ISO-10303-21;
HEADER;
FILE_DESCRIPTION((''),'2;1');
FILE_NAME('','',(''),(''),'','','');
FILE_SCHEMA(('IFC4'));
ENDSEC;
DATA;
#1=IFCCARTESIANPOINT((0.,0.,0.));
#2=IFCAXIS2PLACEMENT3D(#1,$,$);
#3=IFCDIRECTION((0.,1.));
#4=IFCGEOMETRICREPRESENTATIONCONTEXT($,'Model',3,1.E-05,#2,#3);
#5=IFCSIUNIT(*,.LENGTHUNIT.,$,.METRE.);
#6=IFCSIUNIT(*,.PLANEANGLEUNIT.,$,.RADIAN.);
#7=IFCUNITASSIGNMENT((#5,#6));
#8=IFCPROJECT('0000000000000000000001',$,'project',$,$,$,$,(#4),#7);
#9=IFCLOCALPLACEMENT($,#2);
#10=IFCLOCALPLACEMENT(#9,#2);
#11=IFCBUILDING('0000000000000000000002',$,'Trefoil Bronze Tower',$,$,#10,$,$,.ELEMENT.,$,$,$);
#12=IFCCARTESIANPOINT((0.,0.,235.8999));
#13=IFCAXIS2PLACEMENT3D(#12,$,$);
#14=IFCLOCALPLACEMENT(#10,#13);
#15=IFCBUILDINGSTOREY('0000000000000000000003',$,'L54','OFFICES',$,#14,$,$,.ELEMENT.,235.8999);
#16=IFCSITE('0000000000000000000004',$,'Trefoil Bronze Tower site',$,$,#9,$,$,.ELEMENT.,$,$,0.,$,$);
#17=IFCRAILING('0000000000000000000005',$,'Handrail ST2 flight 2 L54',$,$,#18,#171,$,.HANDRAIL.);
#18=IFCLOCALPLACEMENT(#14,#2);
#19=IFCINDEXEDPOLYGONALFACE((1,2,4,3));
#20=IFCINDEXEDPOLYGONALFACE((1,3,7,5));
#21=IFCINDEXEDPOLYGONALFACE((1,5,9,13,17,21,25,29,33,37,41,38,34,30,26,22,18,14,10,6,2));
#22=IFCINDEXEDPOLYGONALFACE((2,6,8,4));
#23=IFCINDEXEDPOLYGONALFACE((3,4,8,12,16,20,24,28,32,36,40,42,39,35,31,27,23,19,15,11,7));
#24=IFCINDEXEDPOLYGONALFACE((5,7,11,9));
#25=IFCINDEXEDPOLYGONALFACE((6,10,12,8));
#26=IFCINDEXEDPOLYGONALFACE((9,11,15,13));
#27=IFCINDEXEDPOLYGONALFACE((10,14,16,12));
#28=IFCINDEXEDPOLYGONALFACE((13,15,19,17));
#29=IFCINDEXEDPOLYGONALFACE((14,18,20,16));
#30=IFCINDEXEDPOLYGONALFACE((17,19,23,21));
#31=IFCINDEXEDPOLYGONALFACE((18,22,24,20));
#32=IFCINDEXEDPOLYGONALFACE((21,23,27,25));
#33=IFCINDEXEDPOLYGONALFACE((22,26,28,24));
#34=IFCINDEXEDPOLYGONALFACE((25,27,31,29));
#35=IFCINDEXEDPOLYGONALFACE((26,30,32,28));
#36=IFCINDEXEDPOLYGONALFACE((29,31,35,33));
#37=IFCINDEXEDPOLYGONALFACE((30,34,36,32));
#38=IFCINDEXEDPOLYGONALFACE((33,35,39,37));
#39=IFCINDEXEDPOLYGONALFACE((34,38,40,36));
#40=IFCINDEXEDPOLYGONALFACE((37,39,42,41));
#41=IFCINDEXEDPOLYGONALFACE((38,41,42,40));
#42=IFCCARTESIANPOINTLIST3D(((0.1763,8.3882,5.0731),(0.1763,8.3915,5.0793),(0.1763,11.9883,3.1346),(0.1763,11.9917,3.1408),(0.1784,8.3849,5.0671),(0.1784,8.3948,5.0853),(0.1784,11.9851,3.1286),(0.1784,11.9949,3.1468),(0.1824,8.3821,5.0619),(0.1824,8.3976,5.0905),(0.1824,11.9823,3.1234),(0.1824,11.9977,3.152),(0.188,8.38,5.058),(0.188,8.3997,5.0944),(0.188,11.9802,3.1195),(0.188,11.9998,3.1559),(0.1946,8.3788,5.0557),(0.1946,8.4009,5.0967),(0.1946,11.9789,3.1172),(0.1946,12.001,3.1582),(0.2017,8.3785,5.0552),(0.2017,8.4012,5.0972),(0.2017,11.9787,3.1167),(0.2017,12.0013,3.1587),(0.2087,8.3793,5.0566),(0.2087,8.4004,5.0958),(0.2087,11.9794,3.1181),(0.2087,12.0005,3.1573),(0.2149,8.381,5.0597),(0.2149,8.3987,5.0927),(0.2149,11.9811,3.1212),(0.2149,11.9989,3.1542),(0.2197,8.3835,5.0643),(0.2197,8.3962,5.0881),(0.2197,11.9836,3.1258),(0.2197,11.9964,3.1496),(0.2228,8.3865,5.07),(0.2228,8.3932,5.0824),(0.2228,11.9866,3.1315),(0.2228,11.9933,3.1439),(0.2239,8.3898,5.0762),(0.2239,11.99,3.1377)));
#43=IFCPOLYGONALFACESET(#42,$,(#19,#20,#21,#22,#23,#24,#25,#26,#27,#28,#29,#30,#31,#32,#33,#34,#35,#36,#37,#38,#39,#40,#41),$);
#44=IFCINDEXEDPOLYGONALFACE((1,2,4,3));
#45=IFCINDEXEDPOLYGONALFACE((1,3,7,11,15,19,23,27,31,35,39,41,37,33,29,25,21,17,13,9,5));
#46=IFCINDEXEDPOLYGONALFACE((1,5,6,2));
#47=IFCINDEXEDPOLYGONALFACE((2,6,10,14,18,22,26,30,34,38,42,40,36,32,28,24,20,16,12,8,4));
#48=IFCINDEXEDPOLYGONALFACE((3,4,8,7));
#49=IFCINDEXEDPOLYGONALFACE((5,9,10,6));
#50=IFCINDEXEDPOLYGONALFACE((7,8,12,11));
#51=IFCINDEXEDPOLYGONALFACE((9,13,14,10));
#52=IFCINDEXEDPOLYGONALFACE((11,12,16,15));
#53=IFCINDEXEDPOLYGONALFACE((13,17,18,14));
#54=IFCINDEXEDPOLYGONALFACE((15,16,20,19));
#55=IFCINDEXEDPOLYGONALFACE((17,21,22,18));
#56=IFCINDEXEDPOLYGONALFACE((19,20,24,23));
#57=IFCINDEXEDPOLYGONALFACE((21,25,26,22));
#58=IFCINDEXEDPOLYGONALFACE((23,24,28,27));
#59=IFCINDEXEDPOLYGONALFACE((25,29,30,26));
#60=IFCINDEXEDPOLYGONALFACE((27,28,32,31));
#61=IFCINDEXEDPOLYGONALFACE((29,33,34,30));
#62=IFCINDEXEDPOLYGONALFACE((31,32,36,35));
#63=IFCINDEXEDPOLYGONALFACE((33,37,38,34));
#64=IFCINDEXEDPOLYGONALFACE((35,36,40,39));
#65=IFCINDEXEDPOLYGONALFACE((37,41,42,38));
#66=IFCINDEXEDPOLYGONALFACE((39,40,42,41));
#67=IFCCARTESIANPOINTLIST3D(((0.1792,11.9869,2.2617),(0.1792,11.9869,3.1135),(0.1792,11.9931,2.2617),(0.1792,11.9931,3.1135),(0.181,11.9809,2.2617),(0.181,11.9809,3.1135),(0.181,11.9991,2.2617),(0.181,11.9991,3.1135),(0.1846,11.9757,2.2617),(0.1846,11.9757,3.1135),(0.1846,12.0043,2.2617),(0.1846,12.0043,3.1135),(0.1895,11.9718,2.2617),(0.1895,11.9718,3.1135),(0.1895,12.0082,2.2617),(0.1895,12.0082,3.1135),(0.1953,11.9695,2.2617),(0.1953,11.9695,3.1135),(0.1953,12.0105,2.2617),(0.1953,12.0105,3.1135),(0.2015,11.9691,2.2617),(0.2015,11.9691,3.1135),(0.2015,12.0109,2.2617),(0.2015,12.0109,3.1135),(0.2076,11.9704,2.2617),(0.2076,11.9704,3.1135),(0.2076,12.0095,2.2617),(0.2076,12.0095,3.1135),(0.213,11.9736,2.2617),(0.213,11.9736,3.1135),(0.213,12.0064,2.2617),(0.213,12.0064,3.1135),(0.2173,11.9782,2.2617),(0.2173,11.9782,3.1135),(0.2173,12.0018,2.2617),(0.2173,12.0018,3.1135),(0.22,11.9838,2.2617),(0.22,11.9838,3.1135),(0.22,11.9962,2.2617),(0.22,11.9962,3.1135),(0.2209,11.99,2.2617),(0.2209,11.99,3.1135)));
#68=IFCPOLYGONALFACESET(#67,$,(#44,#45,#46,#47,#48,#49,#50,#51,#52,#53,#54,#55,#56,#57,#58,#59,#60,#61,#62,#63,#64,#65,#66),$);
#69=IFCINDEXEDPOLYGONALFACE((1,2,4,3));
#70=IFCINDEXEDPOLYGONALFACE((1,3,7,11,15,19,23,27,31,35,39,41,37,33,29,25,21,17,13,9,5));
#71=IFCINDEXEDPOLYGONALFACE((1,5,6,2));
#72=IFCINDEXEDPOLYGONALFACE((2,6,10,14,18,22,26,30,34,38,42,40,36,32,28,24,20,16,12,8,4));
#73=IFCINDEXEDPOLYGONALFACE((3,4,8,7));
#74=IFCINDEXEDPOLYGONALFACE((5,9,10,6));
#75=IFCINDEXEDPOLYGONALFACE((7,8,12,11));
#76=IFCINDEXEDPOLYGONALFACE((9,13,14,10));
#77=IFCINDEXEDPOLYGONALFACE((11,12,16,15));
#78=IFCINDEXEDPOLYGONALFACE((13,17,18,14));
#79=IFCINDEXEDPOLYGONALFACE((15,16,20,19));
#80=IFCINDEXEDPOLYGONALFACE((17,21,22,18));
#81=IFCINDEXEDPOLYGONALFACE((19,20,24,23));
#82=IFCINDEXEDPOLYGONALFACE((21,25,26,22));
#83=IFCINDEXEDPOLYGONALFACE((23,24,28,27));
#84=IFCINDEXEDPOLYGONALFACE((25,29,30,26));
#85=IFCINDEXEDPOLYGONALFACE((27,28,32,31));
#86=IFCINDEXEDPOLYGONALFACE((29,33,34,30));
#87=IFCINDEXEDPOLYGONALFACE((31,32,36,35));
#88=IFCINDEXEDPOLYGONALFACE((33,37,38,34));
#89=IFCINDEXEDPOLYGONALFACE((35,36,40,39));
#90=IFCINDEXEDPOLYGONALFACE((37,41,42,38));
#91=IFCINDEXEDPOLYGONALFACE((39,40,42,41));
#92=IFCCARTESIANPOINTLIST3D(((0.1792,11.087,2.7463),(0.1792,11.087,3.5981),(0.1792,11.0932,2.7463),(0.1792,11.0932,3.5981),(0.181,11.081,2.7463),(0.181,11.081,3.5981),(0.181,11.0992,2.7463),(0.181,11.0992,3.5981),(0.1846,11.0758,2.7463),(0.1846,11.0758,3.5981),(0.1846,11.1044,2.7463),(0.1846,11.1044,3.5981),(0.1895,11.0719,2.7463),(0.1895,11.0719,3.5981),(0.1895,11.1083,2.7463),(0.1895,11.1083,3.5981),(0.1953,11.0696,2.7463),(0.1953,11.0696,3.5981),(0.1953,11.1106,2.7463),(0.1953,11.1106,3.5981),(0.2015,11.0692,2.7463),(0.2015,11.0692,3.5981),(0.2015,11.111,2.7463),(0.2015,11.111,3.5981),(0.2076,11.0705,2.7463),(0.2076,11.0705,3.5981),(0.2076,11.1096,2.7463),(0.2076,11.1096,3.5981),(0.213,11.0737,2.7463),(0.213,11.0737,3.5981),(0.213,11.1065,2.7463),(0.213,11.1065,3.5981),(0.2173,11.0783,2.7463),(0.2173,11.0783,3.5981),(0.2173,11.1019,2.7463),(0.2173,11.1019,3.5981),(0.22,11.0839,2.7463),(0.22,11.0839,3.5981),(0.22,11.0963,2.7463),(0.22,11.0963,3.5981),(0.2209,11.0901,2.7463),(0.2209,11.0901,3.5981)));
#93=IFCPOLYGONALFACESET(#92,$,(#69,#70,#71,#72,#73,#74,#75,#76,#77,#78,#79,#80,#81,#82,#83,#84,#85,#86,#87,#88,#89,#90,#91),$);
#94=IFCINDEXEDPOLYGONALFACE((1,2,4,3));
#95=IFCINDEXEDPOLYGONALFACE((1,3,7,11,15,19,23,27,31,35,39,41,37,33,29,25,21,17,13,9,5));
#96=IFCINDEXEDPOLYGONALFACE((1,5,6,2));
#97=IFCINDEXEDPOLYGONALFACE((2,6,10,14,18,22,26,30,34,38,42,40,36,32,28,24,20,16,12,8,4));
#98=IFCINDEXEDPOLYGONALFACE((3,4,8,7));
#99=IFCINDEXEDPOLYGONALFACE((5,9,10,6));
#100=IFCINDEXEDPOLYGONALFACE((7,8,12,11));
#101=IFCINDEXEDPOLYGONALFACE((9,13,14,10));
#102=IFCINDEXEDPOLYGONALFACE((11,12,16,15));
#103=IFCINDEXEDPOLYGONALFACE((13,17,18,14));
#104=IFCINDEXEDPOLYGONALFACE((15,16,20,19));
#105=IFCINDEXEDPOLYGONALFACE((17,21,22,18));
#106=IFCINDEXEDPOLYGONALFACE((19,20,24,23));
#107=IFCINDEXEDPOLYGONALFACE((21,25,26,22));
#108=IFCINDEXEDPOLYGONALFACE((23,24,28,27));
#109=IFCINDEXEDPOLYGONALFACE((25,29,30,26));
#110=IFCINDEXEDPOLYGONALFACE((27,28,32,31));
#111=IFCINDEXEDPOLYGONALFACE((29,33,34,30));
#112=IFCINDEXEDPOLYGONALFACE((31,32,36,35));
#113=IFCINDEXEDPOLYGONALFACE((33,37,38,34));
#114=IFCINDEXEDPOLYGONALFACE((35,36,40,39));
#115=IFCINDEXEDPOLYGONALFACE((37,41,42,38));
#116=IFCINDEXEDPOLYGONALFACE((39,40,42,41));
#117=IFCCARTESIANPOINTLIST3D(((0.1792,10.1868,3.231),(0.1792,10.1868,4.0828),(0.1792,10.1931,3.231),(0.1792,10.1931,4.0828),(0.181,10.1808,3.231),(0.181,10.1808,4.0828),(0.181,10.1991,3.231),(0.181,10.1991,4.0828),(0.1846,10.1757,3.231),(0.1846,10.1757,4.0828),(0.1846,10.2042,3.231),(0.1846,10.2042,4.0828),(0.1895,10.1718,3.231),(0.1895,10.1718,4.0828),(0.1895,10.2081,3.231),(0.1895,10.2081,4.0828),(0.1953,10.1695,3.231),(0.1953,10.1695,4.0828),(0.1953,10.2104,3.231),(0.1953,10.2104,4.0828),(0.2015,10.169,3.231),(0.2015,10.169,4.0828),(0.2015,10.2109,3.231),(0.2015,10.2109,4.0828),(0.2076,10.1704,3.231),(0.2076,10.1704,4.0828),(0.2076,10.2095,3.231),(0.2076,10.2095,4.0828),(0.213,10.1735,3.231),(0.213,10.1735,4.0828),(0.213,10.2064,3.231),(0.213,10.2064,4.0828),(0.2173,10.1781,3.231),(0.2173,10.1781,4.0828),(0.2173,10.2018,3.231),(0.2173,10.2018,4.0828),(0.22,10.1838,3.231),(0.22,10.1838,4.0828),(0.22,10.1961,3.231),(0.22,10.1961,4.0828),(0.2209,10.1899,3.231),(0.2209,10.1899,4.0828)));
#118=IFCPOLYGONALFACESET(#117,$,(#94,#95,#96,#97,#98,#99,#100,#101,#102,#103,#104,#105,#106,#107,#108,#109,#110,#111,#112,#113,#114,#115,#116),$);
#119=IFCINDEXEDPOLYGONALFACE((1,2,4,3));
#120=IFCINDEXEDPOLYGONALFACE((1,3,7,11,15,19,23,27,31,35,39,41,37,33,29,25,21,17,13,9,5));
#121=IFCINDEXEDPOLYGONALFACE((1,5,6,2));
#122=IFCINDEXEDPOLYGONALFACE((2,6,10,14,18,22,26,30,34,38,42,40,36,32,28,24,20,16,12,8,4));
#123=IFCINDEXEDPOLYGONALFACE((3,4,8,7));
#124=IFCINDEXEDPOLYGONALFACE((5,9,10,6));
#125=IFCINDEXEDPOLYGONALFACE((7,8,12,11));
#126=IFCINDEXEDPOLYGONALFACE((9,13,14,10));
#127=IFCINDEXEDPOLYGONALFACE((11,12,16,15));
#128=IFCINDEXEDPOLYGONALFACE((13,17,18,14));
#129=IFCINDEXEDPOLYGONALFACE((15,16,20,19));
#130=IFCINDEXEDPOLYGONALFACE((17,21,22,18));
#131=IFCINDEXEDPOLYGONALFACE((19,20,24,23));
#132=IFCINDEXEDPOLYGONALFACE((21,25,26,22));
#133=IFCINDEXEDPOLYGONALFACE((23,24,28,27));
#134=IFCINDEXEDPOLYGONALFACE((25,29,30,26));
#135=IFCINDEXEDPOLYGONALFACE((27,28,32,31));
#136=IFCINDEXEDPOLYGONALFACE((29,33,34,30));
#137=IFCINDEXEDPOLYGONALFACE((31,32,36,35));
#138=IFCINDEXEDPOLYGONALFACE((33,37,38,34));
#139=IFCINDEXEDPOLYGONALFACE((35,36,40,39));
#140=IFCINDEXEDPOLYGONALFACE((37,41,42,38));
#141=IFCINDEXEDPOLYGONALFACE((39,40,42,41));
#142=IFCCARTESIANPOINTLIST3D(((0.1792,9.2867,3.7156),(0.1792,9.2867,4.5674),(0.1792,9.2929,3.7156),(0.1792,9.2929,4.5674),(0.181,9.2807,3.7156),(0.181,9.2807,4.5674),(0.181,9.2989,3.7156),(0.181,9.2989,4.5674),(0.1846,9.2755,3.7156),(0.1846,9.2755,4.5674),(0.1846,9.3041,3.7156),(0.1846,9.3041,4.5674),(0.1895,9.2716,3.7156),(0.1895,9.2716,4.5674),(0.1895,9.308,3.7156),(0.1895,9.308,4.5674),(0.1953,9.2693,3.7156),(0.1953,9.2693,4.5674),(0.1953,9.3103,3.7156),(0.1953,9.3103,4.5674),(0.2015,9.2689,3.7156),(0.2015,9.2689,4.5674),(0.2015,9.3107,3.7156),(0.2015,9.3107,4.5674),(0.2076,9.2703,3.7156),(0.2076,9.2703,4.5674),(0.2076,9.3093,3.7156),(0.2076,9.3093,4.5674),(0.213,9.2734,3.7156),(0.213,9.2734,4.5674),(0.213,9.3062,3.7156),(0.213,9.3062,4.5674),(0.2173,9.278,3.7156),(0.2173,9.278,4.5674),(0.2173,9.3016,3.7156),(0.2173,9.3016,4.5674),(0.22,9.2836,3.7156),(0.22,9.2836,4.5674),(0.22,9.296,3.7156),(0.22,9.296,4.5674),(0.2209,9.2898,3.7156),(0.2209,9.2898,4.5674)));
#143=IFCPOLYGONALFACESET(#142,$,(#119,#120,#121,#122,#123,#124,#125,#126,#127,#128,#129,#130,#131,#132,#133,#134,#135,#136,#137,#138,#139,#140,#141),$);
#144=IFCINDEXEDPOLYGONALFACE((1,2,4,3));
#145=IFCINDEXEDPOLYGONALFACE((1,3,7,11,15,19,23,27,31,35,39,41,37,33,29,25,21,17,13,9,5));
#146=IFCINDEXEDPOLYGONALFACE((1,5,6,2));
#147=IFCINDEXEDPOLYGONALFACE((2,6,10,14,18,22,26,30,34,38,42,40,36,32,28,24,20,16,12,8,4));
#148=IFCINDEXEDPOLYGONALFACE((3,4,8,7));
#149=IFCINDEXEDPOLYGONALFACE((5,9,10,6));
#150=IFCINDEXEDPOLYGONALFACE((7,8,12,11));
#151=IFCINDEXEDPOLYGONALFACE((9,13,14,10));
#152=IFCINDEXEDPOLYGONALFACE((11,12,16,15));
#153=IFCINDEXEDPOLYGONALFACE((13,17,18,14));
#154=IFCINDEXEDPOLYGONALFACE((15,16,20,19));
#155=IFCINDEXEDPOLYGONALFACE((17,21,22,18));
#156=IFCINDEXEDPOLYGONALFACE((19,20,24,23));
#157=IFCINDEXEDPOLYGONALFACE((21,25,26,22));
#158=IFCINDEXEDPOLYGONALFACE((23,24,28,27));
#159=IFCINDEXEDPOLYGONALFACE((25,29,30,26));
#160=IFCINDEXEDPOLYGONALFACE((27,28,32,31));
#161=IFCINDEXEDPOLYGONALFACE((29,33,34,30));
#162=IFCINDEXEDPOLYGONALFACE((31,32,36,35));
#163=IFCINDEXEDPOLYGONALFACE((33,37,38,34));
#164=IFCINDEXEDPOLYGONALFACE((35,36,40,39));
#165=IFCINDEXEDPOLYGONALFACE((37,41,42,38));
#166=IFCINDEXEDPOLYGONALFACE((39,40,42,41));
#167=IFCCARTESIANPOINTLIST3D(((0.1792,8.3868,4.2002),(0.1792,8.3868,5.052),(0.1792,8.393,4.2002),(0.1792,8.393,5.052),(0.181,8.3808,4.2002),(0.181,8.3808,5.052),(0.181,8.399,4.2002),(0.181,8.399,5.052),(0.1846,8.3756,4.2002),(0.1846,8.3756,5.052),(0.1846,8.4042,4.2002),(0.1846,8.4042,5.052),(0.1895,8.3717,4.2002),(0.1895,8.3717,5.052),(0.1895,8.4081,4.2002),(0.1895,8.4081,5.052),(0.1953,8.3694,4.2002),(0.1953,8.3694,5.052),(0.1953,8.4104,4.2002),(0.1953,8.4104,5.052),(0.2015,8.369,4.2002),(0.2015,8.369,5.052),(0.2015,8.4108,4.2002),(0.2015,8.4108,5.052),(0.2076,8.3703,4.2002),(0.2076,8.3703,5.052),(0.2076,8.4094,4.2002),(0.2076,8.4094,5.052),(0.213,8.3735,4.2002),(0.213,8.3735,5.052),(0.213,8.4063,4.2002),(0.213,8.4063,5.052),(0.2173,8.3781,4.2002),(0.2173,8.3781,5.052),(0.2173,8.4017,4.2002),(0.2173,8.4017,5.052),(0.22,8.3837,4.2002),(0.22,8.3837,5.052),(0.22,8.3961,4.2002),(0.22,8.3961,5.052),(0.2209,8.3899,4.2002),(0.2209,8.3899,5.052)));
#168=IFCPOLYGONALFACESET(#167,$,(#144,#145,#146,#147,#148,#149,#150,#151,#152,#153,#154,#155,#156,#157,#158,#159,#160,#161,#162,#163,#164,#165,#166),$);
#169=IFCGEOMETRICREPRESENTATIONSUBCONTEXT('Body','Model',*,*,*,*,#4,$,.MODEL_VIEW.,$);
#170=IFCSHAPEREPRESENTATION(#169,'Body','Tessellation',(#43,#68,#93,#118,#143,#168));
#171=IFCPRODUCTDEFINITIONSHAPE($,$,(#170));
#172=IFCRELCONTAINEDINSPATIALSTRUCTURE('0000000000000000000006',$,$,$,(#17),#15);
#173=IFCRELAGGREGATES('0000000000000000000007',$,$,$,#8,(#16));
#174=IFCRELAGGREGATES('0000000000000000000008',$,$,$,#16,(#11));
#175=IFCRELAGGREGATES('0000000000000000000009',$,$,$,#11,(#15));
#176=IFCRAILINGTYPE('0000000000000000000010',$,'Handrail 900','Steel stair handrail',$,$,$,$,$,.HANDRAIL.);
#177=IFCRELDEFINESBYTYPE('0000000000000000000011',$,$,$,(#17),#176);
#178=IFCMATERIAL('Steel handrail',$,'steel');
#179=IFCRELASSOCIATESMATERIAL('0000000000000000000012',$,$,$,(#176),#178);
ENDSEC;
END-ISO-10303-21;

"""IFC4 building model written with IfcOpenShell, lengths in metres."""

from ifc_helpers import new_model, si_unit, direction, frame, origin, origin_2d, place, context, subcontext, project, spatial, circle, extrude, material, type_object, element, save


model = new_model("IFC4")

# Units and contexts
model_context = context("Model", 3, precision=1e-05, world=origin(), true_north=direction((0.0, 1.0)))
body_context = subcontext(model_context, "Body", "Model", "MODEL_VIEW")
ifc_project = project(units=[si_unit("LENGTHUNIT", "METRE"), si_unit("PLANEANGLEUNIT", "RADIAN")], contexts=[model_context])

# Site, building, storey
site_placement = place(None, origin())
site = spatial("IfcSite", under=ifc_project, at=site_placement, Name="Trefoil Bronze Tower site", CompositionType="ELEMENT", RefElevation=0.0)
building_placement = place(site_placement, origin())
building = spatial("IfcBuilding", under=site, at=building_placement, Name="Trefoil Bronze Tower", CompositionType="ELEMENT")
storey_placement = place(building_placement, frame((0.0, 0.0, 235.8999)))
storey = spatial("IfcBuildingStorey", under=building, at=storey_placement, Name="L54", Description="OFFICES", CompositionType="ELEMENT", Elevation=235.8999)

# Railing
ifc_material_1 = material(Name="Steel handrail", Category="steel")
railing_type = type_object("IfcRailingType", Name="Handrail 900", Description="Steel stair handrail", PredefinedType="HANDRAIL", material=ifc_material_1)
railing_placement = place(storey_placement, frame((0.2, 11.99, 2.2617)))
element("IfcRailing", 1, at=railing_placement, inside=storey, type_object=railing_type, Name="Handrail ST2 flight 2 L54", PredefinedType="HANDRAIL", context=body_context, shape_type="SweptSolid", body=[
    extrude(circle(Radius=0.0239, at=origin_2d()), frame((0.0, 0.0, 0.876), z_axis=(0.0, -0.880475, 0.474093), x_axis=(1.0, 0.0, 0.0)), (0.0, 0.0, 1.0), 4.0889),
    extrude(circle(Radius=0.021, at=origin_2d()), origin(), (0.0, 0.0, 1.0), 0.8518),
    extrude(circle(Radius=0.021, at=origin_2d()), frame((0.0, -0.8999, 0.4846)), (0.0, 0.0, 1.0), 0.8518),
    extrude(circle(Radius=0.021, at=origin_2d()), frame((0.0, -1.8, 0.9692)), (0.0, 0.0, 1.0), 0.8518),
    extrude(circle(Radius=0.021, at=origin_2d()), frame((0.0, -2.7002, 1.4539)), (0.0, 0.0, 1.0), 0.8518),
    extrude(circle(Radius=0.021, at=origin_2d()), frame((0.0, -3.6001, 1.9385)), (0.0, 0.0, 1.0), 0.8518),
])

save(model, "model.ifc")
